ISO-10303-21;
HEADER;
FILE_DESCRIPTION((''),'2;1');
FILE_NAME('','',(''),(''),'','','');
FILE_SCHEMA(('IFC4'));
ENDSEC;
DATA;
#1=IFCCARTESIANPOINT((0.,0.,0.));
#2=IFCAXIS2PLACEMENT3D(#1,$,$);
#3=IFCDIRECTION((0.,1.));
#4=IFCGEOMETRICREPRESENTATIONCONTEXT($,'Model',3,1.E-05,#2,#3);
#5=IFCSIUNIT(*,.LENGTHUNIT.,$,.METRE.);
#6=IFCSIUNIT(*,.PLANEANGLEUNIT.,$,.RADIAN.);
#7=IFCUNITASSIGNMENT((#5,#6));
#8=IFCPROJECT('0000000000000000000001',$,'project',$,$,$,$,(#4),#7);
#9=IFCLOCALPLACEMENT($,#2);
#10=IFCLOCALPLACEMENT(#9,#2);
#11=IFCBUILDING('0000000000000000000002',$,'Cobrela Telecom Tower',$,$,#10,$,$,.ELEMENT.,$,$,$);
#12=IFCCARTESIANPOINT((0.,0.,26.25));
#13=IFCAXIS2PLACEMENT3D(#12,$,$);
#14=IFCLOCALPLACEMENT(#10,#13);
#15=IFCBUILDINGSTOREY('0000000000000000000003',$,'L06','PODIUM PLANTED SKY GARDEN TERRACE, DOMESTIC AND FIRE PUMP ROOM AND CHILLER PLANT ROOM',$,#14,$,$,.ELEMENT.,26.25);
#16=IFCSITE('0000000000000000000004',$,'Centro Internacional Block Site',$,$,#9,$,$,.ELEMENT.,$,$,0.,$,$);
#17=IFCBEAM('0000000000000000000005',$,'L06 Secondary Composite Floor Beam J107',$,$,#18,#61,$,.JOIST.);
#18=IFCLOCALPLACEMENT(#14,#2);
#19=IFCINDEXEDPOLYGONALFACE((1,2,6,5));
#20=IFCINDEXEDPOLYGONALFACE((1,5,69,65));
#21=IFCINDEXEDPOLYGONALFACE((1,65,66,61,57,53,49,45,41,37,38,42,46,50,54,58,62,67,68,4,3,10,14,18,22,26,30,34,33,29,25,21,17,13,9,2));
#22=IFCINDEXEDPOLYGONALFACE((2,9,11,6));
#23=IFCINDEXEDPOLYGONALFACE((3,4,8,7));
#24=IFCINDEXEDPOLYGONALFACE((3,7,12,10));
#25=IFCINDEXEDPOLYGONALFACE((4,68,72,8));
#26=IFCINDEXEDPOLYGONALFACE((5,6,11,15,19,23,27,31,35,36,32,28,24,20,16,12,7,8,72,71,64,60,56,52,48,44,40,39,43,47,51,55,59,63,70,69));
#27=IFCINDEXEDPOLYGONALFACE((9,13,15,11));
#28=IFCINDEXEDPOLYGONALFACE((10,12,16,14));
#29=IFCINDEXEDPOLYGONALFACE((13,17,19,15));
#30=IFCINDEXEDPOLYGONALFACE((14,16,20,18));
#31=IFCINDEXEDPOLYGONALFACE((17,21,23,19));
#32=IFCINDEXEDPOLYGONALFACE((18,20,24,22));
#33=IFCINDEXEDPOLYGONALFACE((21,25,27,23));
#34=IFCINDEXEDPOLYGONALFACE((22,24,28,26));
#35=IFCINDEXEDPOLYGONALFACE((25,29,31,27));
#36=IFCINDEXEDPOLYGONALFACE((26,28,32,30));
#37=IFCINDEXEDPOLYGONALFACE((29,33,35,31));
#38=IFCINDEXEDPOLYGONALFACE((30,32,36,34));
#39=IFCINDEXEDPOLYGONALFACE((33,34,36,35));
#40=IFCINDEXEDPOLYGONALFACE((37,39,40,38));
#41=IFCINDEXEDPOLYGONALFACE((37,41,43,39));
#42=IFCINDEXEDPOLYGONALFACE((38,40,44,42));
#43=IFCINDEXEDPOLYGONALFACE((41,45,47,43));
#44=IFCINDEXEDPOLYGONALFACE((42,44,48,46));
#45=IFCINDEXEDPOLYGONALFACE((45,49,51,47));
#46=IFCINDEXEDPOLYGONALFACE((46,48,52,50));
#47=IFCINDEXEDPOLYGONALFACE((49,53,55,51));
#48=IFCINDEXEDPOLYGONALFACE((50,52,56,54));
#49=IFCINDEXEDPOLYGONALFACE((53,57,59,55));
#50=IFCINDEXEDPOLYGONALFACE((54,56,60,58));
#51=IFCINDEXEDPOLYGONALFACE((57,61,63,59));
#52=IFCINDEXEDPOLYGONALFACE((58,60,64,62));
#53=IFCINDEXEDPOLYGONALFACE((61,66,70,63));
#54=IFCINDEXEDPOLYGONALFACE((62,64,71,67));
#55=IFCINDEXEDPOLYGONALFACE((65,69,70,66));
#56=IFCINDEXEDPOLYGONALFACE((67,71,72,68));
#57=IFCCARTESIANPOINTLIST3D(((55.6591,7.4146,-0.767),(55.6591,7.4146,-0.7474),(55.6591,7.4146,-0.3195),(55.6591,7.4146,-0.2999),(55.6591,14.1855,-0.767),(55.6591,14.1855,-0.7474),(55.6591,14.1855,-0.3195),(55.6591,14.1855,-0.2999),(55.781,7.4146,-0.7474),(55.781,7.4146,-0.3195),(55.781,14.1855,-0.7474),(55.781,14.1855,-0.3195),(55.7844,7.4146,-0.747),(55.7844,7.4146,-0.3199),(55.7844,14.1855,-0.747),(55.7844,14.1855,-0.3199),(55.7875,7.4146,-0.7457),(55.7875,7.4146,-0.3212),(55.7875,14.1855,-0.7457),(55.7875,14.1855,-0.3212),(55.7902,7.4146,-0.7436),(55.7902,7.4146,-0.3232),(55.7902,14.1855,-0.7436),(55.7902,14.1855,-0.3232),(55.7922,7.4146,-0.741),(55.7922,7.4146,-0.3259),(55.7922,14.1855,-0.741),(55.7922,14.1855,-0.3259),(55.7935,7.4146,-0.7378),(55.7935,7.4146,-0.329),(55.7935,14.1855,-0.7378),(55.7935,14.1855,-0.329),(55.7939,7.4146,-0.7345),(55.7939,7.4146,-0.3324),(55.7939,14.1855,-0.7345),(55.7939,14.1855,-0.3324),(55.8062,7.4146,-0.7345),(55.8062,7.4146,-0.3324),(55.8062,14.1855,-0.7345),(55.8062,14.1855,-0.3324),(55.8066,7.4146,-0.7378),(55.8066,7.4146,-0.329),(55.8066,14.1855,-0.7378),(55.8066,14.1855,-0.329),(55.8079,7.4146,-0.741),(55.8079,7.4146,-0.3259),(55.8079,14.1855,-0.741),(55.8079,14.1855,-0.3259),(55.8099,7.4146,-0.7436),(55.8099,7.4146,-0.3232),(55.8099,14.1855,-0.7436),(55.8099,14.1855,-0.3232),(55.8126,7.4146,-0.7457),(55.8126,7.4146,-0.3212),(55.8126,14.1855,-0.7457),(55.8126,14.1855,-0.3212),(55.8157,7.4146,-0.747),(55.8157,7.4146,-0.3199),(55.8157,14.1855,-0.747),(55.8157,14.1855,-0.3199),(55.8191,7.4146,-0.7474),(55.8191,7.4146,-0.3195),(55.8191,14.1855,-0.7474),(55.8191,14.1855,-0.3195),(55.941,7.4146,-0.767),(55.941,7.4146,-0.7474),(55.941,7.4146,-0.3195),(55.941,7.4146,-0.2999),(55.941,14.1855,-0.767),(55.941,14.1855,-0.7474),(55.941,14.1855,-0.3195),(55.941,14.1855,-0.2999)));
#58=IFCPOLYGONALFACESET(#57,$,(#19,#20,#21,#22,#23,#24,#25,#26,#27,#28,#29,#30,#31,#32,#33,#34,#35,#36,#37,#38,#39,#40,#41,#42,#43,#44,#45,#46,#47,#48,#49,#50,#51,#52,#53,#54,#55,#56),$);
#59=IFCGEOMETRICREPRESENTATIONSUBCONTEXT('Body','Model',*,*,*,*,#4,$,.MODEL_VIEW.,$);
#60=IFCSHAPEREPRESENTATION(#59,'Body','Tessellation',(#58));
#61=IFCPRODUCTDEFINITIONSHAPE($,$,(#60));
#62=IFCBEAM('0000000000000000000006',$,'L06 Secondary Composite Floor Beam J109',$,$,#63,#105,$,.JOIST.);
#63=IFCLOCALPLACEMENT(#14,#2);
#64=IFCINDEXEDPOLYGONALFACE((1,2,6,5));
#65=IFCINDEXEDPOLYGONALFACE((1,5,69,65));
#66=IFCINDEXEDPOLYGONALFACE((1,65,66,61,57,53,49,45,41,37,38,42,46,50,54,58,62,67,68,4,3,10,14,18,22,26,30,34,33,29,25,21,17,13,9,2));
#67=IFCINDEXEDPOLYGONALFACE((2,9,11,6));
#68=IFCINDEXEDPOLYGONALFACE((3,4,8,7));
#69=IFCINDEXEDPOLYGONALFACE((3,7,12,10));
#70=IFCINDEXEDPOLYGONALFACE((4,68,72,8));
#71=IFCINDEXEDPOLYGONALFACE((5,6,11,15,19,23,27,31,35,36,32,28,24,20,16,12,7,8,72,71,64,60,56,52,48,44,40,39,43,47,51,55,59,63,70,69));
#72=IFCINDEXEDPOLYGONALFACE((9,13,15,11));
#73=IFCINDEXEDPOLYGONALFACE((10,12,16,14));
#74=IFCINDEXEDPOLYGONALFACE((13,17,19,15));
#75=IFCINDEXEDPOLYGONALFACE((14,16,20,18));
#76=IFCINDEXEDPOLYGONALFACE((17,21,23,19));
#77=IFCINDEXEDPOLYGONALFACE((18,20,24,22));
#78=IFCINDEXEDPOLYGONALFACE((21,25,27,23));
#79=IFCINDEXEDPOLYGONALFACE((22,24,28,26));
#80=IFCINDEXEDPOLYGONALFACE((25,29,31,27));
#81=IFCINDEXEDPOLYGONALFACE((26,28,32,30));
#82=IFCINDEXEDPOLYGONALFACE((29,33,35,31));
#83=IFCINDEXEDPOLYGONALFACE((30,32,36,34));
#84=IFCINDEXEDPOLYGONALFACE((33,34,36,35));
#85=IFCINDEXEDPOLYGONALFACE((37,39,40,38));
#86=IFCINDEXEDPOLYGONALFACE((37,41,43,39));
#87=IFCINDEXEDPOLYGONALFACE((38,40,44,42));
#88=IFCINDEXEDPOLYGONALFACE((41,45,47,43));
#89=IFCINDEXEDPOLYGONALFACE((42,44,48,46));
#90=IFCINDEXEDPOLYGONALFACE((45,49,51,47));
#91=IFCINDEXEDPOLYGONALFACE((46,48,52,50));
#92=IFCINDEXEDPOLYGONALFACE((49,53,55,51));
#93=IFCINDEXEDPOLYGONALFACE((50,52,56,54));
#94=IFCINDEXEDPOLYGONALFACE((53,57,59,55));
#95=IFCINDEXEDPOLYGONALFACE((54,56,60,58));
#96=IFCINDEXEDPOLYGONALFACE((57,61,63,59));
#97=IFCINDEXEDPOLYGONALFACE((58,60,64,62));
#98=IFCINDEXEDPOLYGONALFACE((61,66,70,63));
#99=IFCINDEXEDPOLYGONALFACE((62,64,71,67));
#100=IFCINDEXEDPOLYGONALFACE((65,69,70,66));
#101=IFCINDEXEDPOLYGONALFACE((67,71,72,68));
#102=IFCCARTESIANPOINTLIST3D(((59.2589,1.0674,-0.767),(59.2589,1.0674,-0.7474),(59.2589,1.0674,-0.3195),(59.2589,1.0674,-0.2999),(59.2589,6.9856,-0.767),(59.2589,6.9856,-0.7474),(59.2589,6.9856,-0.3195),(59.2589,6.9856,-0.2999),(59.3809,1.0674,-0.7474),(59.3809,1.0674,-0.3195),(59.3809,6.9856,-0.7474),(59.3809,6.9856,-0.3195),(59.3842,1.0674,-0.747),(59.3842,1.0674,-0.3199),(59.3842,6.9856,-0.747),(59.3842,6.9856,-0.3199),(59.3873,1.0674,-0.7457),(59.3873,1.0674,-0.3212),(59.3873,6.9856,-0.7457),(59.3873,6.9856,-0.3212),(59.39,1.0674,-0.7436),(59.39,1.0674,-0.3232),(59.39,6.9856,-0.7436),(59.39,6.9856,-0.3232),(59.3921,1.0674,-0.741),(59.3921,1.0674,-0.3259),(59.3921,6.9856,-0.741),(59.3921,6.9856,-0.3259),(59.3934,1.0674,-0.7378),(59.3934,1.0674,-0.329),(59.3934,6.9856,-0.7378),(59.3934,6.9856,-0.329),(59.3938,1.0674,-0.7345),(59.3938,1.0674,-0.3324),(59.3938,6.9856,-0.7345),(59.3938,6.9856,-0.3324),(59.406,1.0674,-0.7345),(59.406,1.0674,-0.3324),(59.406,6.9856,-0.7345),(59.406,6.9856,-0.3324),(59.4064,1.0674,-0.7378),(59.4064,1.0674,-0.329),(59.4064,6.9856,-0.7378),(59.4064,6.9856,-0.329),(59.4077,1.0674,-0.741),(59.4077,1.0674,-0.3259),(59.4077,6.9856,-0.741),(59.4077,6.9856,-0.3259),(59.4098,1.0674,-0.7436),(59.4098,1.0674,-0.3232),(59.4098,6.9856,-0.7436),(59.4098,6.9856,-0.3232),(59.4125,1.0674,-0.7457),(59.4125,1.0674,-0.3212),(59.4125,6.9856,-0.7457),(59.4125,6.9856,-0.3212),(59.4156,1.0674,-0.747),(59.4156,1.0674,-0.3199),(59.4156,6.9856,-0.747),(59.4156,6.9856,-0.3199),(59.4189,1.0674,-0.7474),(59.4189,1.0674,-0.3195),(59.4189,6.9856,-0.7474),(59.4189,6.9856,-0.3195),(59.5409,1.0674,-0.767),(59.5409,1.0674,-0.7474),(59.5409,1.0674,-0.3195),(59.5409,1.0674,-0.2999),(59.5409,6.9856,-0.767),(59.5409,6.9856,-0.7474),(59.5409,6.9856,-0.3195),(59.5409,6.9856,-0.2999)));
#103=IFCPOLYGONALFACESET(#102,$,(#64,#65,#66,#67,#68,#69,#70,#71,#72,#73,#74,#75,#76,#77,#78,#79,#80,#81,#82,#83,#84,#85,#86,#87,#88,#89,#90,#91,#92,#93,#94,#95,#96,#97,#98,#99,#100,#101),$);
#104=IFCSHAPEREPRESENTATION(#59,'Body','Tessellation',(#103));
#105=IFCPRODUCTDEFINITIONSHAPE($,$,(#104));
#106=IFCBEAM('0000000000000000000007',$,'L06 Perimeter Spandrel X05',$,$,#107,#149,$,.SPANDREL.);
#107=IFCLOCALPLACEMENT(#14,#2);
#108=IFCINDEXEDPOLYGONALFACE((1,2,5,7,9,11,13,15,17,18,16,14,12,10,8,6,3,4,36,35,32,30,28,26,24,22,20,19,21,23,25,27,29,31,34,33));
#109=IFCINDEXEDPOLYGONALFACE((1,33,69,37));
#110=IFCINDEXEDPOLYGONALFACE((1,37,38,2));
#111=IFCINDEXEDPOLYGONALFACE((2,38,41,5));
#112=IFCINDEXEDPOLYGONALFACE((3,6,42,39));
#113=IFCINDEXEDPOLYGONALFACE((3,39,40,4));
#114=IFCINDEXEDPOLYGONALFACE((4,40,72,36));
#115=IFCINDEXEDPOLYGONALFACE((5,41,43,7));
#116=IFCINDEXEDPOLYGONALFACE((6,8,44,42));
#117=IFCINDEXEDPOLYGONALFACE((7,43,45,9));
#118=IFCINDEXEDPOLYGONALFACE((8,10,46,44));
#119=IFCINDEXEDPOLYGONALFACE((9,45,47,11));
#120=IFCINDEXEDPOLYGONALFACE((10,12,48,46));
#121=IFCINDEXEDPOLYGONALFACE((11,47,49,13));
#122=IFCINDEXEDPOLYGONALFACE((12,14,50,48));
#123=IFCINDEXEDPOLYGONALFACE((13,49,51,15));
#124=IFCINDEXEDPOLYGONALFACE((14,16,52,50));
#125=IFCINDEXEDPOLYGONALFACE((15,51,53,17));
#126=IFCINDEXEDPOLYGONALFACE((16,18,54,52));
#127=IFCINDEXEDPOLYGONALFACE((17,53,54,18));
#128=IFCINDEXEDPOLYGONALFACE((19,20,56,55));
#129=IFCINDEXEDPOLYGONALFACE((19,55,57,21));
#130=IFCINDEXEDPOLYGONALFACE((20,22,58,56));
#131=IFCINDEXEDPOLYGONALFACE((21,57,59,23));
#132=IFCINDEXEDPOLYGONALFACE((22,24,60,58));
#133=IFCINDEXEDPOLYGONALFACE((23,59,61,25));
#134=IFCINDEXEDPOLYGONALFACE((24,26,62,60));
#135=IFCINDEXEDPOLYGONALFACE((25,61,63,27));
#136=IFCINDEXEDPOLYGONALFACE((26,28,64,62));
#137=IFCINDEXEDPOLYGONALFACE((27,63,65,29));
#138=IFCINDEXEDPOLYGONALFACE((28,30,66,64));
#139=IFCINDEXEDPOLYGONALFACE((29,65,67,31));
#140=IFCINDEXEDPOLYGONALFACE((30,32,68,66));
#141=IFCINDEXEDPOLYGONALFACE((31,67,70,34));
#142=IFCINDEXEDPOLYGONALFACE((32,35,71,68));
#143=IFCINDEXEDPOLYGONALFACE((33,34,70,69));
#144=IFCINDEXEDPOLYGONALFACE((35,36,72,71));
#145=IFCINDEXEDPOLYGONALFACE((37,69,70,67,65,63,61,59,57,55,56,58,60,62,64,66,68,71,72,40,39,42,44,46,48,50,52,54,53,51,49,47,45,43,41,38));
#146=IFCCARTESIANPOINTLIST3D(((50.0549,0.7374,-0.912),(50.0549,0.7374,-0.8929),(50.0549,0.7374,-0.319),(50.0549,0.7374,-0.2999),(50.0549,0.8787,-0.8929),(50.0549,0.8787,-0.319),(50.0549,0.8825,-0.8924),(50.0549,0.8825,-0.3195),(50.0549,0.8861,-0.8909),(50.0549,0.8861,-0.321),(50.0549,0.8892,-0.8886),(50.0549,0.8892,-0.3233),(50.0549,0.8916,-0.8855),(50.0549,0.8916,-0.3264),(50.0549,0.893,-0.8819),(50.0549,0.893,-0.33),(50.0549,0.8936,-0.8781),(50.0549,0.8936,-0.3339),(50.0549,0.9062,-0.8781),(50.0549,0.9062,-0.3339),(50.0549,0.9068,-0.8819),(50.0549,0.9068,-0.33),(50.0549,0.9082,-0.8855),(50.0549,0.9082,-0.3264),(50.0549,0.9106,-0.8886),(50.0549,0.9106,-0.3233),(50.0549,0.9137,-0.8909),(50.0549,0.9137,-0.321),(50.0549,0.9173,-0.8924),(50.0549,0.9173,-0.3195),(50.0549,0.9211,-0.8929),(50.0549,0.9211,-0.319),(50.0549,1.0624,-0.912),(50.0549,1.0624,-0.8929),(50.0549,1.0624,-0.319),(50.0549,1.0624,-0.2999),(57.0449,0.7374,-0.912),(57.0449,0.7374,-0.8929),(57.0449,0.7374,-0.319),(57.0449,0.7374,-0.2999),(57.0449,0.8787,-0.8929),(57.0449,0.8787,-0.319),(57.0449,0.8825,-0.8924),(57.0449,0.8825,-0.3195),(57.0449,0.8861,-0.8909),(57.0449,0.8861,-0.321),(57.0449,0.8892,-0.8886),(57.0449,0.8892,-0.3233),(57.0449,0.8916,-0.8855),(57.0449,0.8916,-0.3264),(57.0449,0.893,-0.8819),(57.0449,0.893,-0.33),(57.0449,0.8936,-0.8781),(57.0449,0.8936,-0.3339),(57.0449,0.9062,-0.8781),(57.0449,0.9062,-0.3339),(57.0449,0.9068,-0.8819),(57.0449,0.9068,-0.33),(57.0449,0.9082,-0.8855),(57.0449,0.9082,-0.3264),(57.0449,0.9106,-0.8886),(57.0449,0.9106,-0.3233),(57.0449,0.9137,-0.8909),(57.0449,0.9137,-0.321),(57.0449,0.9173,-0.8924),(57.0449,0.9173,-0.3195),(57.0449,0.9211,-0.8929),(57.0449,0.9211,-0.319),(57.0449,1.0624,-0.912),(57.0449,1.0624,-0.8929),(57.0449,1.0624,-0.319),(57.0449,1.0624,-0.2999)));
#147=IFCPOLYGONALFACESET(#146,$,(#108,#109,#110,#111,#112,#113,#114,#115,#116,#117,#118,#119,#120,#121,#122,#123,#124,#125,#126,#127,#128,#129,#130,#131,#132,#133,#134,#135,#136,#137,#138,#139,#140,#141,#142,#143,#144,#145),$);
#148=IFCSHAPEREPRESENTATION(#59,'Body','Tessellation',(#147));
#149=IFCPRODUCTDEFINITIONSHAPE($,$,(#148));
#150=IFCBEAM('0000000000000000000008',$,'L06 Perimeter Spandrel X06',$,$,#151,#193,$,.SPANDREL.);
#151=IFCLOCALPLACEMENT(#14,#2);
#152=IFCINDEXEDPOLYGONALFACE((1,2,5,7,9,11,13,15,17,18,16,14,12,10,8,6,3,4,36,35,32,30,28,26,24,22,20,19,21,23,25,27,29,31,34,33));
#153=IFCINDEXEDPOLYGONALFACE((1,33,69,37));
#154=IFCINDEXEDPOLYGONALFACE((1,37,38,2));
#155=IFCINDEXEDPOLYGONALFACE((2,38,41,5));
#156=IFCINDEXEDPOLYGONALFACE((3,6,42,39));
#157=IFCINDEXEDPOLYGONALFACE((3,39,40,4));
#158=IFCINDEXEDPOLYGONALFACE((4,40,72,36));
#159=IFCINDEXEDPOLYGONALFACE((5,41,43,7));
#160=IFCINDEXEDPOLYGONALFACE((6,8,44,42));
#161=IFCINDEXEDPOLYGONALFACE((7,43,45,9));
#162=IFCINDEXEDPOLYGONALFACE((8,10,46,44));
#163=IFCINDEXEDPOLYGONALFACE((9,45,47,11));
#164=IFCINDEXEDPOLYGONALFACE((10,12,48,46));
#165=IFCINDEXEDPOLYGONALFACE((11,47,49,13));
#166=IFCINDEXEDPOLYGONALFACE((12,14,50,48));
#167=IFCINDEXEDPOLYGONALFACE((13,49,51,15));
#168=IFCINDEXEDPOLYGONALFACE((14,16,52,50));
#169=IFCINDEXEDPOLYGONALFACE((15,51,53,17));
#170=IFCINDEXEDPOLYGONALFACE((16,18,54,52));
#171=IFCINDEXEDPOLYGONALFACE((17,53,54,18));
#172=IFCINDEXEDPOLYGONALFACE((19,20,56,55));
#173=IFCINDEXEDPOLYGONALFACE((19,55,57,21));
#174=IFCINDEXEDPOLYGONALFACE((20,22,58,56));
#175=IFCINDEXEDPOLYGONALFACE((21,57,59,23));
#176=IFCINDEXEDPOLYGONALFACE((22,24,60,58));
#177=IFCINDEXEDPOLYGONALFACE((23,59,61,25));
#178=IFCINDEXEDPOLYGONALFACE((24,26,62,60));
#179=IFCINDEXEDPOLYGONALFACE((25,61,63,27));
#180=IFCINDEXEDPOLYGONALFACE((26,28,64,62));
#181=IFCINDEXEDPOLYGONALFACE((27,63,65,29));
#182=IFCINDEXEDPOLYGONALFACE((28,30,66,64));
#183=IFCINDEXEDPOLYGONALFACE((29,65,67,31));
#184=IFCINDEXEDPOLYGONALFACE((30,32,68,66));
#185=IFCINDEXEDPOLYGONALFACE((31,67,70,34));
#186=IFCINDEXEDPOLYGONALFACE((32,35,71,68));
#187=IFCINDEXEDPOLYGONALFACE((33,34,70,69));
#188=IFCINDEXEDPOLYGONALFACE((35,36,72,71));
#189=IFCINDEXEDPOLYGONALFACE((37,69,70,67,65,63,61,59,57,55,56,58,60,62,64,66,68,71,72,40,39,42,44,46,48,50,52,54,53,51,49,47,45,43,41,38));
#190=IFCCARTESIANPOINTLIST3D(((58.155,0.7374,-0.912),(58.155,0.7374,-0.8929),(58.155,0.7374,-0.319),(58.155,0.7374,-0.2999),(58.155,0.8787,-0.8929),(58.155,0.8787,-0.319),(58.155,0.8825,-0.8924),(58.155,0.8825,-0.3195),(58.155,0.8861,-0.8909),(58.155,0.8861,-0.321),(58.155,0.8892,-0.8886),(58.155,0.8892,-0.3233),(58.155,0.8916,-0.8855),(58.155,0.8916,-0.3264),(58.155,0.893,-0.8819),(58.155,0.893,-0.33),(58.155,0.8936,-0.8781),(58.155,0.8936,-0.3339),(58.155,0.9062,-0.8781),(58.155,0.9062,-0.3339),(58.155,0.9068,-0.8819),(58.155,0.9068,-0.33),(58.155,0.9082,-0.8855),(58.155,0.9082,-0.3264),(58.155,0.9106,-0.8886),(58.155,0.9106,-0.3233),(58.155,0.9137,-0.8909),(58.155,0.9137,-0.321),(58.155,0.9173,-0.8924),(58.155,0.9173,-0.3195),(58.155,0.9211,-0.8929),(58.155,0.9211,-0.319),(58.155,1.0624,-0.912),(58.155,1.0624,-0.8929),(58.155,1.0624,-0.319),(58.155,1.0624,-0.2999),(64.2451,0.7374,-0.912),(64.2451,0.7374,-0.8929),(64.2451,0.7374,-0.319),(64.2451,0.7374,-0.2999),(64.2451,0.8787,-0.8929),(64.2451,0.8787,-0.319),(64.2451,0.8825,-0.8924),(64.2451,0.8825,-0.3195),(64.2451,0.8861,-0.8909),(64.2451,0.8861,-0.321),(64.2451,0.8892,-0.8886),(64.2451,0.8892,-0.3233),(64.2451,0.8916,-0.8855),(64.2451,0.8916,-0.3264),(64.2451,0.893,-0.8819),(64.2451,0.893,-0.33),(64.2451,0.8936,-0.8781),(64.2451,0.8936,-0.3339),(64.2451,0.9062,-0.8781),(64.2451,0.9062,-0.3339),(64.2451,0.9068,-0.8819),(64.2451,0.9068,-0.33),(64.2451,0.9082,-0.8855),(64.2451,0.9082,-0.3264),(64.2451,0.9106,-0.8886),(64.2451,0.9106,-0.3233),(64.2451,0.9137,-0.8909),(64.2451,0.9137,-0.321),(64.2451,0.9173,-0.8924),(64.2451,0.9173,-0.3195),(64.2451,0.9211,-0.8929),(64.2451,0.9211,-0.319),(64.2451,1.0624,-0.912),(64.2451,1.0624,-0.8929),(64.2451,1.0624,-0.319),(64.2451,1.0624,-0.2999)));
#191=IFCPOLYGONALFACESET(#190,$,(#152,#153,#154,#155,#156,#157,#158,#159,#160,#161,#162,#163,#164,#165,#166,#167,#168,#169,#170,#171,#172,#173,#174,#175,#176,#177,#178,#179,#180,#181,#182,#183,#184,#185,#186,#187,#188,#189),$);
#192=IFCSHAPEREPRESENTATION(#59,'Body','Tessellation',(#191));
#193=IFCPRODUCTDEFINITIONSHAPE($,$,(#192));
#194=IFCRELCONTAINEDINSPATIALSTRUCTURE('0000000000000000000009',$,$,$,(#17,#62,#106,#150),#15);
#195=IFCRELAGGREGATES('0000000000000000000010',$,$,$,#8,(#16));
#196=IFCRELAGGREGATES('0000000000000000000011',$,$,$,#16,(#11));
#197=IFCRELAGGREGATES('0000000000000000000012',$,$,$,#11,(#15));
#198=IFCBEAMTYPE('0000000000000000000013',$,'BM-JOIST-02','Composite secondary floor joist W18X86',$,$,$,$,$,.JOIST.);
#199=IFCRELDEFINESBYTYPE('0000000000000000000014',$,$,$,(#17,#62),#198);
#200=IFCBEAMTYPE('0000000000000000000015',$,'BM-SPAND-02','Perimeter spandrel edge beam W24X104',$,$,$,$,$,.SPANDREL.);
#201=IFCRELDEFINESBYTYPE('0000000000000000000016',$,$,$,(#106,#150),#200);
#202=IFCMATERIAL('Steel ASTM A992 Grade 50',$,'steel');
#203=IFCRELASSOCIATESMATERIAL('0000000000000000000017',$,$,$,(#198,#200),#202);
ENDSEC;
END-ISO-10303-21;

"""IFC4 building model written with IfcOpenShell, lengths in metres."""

from ifc_helpers import new_model, si_unit, direction, frame, origin, origin_2d, place, context, subcontext, project, spatial, i_section, extrude, material, material_profile, profile_set, type_object, element, save


model = new_model("IFC4")

# Units and contexts
model_context = context("Model", 3, precision=1e-05, world=origin(), true_north=direction((0.0, 1.0)))
body_context = subcontext(model_context, "Body", "Model", "MODEL_VIEW")
ifc_project = project(units=[si_unit("LENGTHUNIT", "METRE"), si_unit("PLANEANGLEUNIT", "RADIAN")], contexts=[model_context])

# Site, building, storey
site_placement = place(None, origin())
site = spatial("IfcSite", under=ifc_project, at=site_placement, Name="Centro Internacional Block Site", CompositionType="ELEMENT", RefElevation=0.0)
building_placement = place(site_placement, origin())
building = spatial("IfcBuilding", under=site, at=building_placement, Name="Cobrela Telecom Tower", CompositionType="ELEMENT")
storey_placement = place(building_placement, frame((0.0, 0.0, 26.25)))
storey = spatial("IfcBuildingStorey", under=building, at=storey_placement, Name="L06", Description="PODIUM PLANTED SKY GARDEN TERRACE, DOMESTIC AND FIRE PUMP ROOM AND CHILLER PLANT ROOM", CompositionType="ELEMENT", Elevation=26.25)

# Beams
ifc_material_1 = material(Name="Steel ASTM A992 Grade 50", Category="steel")
ifc_material_profile_1 = material_profile(ifc_material_1, i_section(OverallWidth=0.282, OverallDepth=0.467, WebThickness=0.0122, FlangeThickness=0.0195, FilletRadius=0.0129, at=origin_2d()), Name="W18X86")
ifc_profile_set_1 = profile_set([ifc_material_profile_1], Name="Steel ASTM A992 Grade 50")
beam_type_1 = type_object("IfcBeamType", Name="BM-JOIST-02", Description="Composite secondary floor joist W18X86", PredefinedType="JOIST", material=ifc_profile_set_1)
beam_1_placement = place(storey_placement, frame((55.8, 7.4146, -0.5334), z_axis=(0.0, 1.0, 0.0), x_axis=(-1.0, 0.0, 0.0)))
element("IfcBeam", 1, at=beam_1_placement, inside=storey, type_object=beam_type_1, Name="L06 Secondary Composite Floor Beam J107", PredefinedType="JOIST", context=body_context, shape_type="SweptSolid", body=[
    extrude(i_section(OverallWidth=0.282, OverallDepth=0.467, WebThickness=0.0122, FlangeThickness=0.0195, FilletRadius=0.0129, at=origin_2d()), origin(), (0.0, 0.0, 1.0), 6.771),
])
beam_2_placement = place(storey_placement, frame((59.3999, 1.0674, -0.5334), z_axis=(0.0, 1.0, 0.0), x_axis=(-1.0, 0.0, 0.0)))
element("IfcBeam", 2, at=beam_2_placement, inside=storey, type_object=beam_type_1, Name="L06 Secondary Composite Floor Beam J109", PredefinedType="JOIST", context=body_context, shape_type="SweptSolid", body=[
    extrude(i_section(OverallWidth=0.282, OverallDepth=0.467, WebThickness=0.0122, FlangeThickness=0.0195, FilletRadius=0.0129, at=origin_2d()), origin(), (0.0, 0.0, 1.0), 5.9182),
])
ifc_material_profile_2 = material_profile(ifc_material_1, i_section(OverallWidth=0.325, OverallDepth=0.6121, WebThickness=0.0127, FlangeThickness=0.019, FilletRadius=0.0149, at=origin_2d()), Name="W24X104")
ifc_profile_set_2 = profile_set([ifc_material_profile_2], Name="Steel ASTM A992 Grade 50")
beam_type_2 = type_object("IfcBeamType", Name="BM-SPAND-02", Description="Perimeter spandrel edge beam W24X104", PredefinedType="SPANDREL", material=ifc_profile_set_2)
beam_3_placement = place(storey_placement, frame((50.0549, 0.8999, -0.606), z_axis=(1.0, 0.0, 0.0), x_axis=(0.0, 1.0, 0.0)))
element("IfcBeam", 3, at=beam_3_placement, inside=storey, type_object=beam_type_2, Name="L06 Perimeter Spandrel X05", PredefinedType="SPANDREL", context=body_context, shape_type="SweptSolid", body=[
    extrude(i_section(OverallWidth=0.325, OverallDepth=0.6121, WebThickness=0.0127, FlangeThickness=0.019, FilletRadius=0.0149, at=origin_2d()), origin(), (0.0, 0.0, 1.0), 6.99),
])
beam_4_placement = place(storey_placement, frame((58.155, 0.8999, -0.606), z_axis=(1.0, 0.0, 0.0), x_axis=(0.0, 1.0, 0.0)))
element("IfcBeam", 4, at=beam_4_placement, inside=storey, type_object=beam_type_2, Name="L06 Perimeter Spandrel X06", PredefinedType="SPANDREL", context=body_context, shape_type="SweptSolid", body=[
    extrude(i_section(OverallWidth=0.325, OverallDepth=0.6121, WebThickness=0.0127, FlangeThickness=0.019, FilletRadius=0.0149, at=origin_2d()), origin(), (0.0, 0.0, 1.0), 6.0901),
])

save(model, "model.ifc")
